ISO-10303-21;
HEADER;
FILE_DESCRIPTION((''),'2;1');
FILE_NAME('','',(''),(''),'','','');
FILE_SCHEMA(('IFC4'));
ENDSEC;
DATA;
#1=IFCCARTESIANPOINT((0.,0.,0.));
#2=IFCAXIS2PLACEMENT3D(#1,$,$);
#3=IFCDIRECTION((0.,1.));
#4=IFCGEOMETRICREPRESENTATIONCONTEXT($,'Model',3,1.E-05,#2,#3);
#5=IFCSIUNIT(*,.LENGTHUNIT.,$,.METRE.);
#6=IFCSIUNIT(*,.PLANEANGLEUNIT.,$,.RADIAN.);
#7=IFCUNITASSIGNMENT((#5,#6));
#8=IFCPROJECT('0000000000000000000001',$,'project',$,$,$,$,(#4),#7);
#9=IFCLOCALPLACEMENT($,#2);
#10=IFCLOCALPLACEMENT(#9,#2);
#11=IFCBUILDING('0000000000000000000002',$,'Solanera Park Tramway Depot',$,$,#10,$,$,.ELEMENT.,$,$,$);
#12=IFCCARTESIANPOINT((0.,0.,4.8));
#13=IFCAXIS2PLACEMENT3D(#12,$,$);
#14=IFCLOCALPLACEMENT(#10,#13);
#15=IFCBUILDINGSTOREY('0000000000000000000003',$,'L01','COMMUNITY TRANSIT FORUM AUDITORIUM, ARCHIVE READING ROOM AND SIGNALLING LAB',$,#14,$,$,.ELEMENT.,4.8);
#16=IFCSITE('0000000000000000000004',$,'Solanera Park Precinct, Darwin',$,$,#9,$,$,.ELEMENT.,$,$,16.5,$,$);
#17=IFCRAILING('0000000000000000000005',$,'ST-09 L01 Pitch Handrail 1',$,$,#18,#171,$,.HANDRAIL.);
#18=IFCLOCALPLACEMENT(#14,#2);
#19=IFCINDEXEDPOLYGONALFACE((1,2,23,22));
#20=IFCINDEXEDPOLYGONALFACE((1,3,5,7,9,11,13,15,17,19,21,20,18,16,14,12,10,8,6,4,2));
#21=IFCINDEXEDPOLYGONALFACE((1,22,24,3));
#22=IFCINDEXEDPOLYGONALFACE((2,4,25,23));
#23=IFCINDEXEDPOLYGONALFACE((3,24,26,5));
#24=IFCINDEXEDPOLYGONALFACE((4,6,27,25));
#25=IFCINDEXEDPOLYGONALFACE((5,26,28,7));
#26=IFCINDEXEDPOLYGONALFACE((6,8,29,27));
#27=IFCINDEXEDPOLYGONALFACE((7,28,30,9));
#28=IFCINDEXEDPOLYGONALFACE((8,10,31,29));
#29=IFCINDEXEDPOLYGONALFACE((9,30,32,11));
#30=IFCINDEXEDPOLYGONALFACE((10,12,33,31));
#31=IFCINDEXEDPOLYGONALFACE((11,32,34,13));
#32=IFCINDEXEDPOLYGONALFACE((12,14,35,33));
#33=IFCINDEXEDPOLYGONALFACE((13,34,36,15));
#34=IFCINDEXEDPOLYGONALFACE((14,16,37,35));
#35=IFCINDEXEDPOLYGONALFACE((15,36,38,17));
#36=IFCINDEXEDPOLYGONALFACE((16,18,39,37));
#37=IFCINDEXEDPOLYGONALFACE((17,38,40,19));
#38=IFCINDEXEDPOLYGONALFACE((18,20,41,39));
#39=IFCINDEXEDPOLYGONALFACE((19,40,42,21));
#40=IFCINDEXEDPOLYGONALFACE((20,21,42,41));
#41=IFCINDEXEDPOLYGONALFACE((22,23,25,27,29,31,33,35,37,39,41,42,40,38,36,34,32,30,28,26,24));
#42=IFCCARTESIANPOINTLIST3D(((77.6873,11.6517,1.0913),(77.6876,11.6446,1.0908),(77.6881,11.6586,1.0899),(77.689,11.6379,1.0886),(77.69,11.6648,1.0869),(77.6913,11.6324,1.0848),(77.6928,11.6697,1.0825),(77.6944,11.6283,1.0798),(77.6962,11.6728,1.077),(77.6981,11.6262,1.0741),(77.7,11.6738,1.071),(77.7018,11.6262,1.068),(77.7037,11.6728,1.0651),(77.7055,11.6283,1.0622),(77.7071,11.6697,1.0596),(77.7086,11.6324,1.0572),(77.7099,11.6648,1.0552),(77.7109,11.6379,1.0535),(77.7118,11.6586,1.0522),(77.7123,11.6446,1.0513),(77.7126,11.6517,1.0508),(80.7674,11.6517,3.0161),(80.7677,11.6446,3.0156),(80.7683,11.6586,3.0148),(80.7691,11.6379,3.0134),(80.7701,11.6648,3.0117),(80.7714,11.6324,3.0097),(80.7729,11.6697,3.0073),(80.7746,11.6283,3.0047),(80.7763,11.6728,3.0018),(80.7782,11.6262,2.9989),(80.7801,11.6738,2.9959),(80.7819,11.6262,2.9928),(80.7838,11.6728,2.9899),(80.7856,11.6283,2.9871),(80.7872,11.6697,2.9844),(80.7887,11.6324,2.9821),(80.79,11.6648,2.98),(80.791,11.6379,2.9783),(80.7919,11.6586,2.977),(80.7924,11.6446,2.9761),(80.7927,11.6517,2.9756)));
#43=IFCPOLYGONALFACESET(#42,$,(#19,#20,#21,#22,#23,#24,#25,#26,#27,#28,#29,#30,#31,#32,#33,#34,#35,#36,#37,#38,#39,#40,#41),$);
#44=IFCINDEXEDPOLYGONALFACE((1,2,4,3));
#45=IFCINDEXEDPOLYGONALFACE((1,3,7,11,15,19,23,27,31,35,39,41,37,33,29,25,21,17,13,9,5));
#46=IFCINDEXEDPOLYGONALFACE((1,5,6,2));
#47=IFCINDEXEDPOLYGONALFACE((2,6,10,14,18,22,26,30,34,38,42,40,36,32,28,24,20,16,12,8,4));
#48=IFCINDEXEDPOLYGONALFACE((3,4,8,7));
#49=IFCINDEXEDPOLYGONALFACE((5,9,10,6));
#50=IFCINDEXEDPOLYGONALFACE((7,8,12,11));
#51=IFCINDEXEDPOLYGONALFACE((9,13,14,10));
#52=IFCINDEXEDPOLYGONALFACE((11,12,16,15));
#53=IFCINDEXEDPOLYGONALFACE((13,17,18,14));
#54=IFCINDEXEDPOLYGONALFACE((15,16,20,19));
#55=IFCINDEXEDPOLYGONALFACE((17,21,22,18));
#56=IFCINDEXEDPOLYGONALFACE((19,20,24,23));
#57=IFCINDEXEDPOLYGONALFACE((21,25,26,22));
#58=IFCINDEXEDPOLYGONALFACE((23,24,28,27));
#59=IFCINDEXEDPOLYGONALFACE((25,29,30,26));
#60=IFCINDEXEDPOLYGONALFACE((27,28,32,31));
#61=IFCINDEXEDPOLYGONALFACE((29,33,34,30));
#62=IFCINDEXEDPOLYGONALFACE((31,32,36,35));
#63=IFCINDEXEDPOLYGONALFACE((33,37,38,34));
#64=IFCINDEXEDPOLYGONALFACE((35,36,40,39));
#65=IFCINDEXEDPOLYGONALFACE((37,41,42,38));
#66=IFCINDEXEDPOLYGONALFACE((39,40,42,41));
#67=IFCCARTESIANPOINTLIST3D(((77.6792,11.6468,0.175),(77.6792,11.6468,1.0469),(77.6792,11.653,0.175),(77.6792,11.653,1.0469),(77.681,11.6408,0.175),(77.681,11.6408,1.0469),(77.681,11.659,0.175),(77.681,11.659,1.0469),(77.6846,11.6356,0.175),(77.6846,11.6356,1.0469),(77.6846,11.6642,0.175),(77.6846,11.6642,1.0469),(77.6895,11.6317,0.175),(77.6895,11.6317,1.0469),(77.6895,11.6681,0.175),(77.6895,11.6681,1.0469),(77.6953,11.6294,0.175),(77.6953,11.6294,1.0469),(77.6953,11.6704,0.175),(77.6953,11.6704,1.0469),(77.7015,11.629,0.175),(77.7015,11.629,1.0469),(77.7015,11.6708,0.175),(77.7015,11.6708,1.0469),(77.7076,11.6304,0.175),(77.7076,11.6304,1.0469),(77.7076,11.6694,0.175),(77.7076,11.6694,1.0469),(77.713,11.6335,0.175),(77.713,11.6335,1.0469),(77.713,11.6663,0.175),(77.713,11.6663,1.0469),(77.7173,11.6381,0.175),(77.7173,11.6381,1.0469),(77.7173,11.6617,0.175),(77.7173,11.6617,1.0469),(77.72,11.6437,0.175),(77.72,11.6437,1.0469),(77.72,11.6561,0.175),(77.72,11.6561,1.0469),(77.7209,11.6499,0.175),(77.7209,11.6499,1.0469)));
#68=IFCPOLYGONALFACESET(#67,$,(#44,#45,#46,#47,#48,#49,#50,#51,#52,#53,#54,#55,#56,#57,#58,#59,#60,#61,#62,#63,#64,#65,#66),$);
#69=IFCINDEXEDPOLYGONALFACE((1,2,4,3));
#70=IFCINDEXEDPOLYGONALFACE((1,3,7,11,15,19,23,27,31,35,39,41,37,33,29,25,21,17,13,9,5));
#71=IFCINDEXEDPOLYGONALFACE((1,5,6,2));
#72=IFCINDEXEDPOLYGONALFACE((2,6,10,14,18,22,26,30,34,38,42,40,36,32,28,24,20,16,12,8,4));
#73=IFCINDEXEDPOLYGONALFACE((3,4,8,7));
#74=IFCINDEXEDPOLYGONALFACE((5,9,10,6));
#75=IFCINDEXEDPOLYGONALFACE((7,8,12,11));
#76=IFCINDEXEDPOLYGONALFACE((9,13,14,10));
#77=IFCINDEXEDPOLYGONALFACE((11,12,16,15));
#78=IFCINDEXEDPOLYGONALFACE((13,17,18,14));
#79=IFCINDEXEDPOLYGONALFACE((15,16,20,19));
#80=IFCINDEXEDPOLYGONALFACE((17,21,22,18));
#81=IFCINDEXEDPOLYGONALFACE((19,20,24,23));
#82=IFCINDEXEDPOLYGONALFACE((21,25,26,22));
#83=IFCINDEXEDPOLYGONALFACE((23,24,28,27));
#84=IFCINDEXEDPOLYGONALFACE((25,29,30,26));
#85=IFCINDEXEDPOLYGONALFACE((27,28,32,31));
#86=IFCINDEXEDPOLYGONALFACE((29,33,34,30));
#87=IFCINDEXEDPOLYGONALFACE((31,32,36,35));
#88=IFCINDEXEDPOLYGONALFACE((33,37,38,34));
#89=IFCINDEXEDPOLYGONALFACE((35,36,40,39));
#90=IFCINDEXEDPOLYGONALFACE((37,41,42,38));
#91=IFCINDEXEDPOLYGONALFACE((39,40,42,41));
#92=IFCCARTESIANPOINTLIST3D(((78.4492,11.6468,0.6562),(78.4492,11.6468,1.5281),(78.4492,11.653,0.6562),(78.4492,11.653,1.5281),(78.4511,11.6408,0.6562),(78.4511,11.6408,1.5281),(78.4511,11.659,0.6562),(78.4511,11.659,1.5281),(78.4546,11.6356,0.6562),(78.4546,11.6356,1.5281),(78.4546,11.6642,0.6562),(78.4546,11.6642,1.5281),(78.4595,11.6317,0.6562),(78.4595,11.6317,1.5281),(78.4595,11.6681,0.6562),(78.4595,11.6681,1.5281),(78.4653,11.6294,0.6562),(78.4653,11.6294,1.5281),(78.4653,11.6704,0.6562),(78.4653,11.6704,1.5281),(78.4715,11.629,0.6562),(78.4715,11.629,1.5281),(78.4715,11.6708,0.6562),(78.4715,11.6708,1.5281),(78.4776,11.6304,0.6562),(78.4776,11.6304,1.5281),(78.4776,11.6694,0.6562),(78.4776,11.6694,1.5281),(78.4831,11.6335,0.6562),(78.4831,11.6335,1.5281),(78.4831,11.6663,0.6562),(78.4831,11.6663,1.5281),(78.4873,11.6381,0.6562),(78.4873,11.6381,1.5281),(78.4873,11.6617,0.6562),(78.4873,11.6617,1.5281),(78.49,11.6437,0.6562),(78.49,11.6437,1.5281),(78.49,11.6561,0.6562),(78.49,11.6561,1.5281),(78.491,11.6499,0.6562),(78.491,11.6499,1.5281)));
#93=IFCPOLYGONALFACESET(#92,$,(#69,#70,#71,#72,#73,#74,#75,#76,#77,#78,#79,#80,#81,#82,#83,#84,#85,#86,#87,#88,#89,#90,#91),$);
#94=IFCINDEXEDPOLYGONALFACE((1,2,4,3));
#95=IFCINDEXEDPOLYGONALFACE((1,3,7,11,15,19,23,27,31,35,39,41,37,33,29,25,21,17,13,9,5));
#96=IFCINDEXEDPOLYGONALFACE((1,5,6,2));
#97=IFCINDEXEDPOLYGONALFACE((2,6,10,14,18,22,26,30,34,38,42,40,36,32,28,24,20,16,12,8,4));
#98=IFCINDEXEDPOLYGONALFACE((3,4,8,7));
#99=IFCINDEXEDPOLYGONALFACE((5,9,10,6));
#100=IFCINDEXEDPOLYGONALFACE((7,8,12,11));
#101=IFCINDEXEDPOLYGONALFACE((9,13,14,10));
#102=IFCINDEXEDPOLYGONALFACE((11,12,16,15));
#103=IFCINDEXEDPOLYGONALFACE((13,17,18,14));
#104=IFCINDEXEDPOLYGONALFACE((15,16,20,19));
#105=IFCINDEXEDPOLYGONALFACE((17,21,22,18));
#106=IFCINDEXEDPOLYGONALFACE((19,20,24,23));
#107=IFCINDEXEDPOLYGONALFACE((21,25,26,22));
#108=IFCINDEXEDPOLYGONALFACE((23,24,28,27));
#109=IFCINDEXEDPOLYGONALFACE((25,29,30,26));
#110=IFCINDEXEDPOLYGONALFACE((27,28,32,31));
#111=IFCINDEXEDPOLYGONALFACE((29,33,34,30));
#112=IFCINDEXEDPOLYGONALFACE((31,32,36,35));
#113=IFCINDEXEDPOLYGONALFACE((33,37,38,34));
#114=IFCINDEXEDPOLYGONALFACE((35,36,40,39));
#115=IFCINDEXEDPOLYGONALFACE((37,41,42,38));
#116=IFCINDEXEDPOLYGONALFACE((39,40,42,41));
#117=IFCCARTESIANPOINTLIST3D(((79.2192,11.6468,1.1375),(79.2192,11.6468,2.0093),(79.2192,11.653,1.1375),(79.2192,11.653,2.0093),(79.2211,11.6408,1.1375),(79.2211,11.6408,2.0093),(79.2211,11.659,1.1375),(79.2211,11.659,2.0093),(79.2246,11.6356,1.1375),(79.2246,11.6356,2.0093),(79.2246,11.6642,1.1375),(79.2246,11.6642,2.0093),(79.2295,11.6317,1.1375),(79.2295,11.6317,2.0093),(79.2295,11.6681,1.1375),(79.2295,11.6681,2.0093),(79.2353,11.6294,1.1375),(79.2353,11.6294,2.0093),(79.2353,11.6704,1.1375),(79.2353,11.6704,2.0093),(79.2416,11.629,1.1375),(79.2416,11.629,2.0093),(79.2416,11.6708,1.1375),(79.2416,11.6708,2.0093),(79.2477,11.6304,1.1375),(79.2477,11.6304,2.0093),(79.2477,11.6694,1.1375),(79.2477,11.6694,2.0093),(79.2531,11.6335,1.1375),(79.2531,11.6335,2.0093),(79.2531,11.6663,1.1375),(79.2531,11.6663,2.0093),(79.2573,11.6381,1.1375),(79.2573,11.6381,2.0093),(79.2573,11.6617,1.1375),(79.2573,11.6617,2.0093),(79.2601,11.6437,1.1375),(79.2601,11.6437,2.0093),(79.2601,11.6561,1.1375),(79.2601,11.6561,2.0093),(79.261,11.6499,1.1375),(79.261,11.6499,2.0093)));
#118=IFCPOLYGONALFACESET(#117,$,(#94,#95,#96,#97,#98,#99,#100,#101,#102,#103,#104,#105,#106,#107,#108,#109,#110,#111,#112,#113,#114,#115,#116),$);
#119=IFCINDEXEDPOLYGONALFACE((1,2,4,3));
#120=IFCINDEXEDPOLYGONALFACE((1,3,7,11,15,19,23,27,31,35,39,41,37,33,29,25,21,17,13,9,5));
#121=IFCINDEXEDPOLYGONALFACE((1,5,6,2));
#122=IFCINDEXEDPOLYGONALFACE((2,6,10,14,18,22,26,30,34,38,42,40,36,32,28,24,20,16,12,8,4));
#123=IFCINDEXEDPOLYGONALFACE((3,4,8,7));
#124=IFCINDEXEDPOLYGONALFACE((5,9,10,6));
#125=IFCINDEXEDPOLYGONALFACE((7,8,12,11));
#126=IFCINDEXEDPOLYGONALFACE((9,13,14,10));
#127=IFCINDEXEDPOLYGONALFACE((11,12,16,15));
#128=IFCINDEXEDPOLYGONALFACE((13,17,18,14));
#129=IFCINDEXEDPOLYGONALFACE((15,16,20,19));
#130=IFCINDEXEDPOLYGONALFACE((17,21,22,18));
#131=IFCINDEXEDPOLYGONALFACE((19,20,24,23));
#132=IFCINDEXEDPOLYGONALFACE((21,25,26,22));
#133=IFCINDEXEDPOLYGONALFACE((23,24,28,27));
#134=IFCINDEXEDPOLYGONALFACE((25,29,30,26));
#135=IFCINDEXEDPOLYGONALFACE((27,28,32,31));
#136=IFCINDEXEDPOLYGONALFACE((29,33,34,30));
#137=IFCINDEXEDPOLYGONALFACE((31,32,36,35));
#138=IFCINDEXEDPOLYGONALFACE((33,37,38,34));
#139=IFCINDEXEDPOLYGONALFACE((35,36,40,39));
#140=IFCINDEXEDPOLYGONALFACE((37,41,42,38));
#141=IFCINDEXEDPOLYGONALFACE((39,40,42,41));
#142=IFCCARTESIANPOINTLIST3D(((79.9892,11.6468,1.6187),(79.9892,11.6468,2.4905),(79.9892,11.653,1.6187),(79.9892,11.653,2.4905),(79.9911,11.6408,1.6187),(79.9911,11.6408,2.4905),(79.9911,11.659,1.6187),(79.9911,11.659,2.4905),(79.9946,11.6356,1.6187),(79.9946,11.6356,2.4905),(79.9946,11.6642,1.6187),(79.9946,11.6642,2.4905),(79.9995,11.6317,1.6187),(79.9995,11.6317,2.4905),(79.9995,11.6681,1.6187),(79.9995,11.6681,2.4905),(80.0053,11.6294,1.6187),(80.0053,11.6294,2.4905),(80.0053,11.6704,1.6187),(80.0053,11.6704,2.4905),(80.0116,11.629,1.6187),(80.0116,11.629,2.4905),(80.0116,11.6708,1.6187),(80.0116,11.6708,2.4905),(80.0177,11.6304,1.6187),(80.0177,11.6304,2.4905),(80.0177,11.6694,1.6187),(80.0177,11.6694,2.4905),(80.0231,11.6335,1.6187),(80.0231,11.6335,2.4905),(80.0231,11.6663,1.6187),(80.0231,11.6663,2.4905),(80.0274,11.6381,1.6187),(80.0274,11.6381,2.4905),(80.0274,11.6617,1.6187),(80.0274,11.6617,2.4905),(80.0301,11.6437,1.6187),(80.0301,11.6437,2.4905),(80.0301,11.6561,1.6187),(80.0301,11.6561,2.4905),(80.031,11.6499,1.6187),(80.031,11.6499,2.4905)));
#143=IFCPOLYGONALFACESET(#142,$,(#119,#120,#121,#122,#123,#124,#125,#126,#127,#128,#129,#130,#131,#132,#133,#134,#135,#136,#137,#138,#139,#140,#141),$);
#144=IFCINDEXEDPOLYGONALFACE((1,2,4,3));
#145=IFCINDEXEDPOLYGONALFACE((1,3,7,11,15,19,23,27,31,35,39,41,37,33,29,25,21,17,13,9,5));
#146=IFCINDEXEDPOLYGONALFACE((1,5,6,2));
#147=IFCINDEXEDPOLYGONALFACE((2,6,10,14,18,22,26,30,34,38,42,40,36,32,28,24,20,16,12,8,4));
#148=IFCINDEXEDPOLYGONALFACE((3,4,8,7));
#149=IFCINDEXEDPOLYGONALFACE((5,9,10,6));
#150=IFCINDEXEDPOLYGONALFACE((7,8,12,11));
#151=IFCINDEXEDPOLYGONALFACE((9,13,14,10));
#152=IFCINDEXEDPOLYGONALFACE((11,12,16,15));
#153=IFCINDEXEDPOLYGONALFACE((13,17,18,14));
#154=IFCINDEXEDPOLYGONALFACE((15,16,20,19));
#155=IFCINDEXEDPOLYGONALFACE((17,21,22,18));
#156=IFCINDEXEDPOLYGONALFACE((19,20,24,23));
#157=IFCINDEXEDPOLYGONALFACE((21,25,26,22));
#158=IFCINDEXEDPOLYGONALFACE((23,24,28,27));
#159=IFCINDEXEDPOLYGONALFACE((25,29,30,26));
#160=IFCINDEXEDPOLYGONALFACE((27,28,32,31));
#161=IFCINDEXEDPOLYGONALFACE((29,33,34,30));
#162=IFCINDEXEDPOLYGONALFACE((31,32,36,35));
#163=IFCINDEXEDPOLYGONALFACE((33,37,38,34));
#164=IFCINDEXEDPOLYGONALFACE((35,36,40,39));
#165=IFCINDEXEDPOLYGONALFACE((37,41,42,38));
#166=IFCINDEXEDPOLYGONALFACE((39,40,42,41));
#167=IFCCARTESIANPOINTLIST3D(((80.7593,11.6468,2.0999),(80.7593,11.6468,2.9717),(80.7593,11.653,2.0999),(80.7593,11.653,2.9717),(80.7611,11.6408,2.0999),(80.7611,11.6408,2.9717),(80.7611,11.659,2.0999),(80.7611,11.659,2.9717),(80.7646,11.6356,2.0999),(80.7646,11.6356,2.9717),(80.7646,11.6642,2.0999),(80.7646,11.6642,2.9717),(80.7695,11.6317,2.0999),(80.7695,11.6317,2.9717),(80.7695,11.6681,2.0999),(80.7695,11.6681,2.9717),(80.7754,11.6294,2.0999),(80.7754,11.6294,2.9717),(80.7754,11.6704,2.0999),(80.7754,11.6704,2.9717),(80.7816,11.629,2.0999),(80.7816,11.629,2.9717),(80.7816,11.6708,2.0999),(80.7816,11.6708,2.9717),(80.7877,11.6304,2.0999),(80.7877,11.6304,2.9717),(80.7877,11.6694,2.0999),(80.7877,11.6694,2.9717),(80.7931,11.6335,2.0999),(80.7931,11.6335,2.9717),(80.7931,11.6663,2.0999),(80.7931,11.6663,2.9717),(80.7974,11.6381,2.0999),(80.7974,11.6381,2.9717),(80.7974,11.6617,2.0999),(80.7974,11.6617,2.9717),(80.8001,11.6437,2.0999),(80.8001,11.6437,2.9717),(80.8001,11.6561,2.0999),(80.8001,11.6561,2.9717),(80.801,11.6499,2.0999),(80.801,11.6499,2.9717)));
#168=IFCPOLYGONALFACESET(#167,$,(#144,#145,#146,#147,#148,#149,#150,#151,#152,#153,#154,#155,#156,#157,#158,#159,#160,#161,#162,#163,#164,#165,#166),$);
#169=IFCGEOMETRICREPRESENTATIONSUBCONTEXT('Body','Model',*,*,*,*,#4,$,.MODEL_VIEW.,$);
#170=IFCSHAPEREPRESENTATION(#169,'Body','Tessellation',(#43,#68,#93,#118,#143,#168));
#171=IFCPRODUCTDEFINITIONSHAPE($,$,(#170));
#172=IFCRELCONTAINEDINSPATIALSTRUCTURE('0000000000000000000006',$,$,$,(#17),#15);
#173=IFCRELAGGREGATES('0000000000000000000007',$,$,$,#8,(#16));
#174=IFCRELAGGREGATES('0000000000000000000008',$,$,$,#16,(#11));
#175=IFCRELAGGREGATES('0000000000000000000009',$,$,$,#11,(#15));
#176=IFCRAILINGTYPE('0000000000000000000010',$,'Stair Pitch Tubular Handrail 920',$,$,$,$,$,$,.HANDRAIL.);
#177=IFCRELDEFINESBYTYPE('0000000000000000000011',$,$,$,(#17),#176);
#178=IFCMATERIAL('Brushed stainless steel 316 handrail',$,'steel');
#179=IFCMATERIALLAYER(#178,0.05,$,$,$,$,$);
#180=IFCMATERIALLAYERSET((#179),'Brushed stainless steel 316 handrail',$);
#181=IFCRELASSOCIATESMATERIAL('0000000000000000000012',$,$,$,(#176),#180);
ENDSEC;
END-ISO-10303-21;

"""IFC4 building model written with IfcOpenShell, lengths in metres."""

from ifc_helpers import new_model, si_unit, direction, frame, origin, origin_2d, place, context, subcontext, project, spatial, circle, extrude, material, layer, layer_set, type_object, element, save


model = new_model("IFC4")

# Units and contexts
model_context = context("Model", 3, precision=1e-05, world=origin(), true_north=direction((0.0, 1.0)))
body_context = subcontext(model_context, "Body", "Model", "MODEL_VIEW")
ifc_project = project(units=[si_unit("LENGTHUNIT", "METRE"), si_unit("PLANEANGLEUNIT", "RADIAN")], contexts=[model_context])

# Site, building, storey
site_placement = place(None, origin())
site = spatial("IfcSite", under=ifc_project, at=site_placement, Name="Solanera Park Precinct, Darwin", CompositionType="ELEMENT", RefElevation=16.5)
building_placement = place(site_placement, origin())
building = spatial("IfcBuilding", under=site, at=building_placement, Name="Solanera Park Tramway Depot", CompositionType="ELEMENT")
storey_placement = place(building_placement, frame((0.0, 0.0, 4.8)))
storey = spatial("IfcBuildingStorey", under=building, at=storey_placement, Name="L01", Description="COMMUNITY TRANSIT FORUM AUDITORIUM, ARCHIVE READING ROOM AND SIGNALLING LAB", CompositionType="ELEMENT", Elevation=4.8)

# Railing
ifc_material_1 = material(Name="Brushed stainless steel 316 handrail", Category="steel")
ifc_layer_1 = layer(ifc_material_1, 0.05)
ifc_layer_set_1 = layer_set([ifc_layer_1], Name="Brushed stainless steel 316 handrail")
railing_type_1 = type_object("IfcRailingType", Name="Stair Pitch Tubular Handrail 920", PredefinedType="HANDRAIL", material=ifc_layer_set_1)
railing_1_placement = place(storey_placement, frame((77.7, 11.6499, 0.175)))
element("IfcRailing", 1, at=railing_1_placement, inside=storey, type_object=railing_type_1, Name="ST-09 L01 Pitch Handrail 1", PredefinedType="HANDRAIL", context=body_context, shape_type="SweptSolid", body=[
    extrude(circle(Radius=0.0239, at=origin_2d()), frame((0.0, 0.0, 0.896), z_axis=(0.848029, 0.0, 0.529951), x_axis=(0.0, 1.0, 0.0)), (0.0, 0.0, 1.0), 3.6321),
    extrude(circle(Radius=0.021, at=origin_2d()), origin(), (0.0, 0.0, 1.0), 0.8718),
    extrude(circle(Radius=0.021, at=origin_2d()), frame((0.77, 0.0, 0.4812)), (0.0, 0.0, 1.0), 0.8718),
    extrude(circle(Radius=0.021, at=origin_2d()), frame((1.54, 0.0, 0.9624)), (0.0, 0.0, 1.0), 0.8718),
    extrude(circle(Radius=0.021, at=origin_2d()), frame((2.3101, 0.0, 1.4436)), (0.0, 0.0, 1.0), 0.8718),
    extrude(circle(Radius=0.021, at=origin_2d()), frame((3.0801, 0.0, 1.9248)), (0.0, 0.0, 1.0), 0.8718),
])

save(model, "model.ifc")
